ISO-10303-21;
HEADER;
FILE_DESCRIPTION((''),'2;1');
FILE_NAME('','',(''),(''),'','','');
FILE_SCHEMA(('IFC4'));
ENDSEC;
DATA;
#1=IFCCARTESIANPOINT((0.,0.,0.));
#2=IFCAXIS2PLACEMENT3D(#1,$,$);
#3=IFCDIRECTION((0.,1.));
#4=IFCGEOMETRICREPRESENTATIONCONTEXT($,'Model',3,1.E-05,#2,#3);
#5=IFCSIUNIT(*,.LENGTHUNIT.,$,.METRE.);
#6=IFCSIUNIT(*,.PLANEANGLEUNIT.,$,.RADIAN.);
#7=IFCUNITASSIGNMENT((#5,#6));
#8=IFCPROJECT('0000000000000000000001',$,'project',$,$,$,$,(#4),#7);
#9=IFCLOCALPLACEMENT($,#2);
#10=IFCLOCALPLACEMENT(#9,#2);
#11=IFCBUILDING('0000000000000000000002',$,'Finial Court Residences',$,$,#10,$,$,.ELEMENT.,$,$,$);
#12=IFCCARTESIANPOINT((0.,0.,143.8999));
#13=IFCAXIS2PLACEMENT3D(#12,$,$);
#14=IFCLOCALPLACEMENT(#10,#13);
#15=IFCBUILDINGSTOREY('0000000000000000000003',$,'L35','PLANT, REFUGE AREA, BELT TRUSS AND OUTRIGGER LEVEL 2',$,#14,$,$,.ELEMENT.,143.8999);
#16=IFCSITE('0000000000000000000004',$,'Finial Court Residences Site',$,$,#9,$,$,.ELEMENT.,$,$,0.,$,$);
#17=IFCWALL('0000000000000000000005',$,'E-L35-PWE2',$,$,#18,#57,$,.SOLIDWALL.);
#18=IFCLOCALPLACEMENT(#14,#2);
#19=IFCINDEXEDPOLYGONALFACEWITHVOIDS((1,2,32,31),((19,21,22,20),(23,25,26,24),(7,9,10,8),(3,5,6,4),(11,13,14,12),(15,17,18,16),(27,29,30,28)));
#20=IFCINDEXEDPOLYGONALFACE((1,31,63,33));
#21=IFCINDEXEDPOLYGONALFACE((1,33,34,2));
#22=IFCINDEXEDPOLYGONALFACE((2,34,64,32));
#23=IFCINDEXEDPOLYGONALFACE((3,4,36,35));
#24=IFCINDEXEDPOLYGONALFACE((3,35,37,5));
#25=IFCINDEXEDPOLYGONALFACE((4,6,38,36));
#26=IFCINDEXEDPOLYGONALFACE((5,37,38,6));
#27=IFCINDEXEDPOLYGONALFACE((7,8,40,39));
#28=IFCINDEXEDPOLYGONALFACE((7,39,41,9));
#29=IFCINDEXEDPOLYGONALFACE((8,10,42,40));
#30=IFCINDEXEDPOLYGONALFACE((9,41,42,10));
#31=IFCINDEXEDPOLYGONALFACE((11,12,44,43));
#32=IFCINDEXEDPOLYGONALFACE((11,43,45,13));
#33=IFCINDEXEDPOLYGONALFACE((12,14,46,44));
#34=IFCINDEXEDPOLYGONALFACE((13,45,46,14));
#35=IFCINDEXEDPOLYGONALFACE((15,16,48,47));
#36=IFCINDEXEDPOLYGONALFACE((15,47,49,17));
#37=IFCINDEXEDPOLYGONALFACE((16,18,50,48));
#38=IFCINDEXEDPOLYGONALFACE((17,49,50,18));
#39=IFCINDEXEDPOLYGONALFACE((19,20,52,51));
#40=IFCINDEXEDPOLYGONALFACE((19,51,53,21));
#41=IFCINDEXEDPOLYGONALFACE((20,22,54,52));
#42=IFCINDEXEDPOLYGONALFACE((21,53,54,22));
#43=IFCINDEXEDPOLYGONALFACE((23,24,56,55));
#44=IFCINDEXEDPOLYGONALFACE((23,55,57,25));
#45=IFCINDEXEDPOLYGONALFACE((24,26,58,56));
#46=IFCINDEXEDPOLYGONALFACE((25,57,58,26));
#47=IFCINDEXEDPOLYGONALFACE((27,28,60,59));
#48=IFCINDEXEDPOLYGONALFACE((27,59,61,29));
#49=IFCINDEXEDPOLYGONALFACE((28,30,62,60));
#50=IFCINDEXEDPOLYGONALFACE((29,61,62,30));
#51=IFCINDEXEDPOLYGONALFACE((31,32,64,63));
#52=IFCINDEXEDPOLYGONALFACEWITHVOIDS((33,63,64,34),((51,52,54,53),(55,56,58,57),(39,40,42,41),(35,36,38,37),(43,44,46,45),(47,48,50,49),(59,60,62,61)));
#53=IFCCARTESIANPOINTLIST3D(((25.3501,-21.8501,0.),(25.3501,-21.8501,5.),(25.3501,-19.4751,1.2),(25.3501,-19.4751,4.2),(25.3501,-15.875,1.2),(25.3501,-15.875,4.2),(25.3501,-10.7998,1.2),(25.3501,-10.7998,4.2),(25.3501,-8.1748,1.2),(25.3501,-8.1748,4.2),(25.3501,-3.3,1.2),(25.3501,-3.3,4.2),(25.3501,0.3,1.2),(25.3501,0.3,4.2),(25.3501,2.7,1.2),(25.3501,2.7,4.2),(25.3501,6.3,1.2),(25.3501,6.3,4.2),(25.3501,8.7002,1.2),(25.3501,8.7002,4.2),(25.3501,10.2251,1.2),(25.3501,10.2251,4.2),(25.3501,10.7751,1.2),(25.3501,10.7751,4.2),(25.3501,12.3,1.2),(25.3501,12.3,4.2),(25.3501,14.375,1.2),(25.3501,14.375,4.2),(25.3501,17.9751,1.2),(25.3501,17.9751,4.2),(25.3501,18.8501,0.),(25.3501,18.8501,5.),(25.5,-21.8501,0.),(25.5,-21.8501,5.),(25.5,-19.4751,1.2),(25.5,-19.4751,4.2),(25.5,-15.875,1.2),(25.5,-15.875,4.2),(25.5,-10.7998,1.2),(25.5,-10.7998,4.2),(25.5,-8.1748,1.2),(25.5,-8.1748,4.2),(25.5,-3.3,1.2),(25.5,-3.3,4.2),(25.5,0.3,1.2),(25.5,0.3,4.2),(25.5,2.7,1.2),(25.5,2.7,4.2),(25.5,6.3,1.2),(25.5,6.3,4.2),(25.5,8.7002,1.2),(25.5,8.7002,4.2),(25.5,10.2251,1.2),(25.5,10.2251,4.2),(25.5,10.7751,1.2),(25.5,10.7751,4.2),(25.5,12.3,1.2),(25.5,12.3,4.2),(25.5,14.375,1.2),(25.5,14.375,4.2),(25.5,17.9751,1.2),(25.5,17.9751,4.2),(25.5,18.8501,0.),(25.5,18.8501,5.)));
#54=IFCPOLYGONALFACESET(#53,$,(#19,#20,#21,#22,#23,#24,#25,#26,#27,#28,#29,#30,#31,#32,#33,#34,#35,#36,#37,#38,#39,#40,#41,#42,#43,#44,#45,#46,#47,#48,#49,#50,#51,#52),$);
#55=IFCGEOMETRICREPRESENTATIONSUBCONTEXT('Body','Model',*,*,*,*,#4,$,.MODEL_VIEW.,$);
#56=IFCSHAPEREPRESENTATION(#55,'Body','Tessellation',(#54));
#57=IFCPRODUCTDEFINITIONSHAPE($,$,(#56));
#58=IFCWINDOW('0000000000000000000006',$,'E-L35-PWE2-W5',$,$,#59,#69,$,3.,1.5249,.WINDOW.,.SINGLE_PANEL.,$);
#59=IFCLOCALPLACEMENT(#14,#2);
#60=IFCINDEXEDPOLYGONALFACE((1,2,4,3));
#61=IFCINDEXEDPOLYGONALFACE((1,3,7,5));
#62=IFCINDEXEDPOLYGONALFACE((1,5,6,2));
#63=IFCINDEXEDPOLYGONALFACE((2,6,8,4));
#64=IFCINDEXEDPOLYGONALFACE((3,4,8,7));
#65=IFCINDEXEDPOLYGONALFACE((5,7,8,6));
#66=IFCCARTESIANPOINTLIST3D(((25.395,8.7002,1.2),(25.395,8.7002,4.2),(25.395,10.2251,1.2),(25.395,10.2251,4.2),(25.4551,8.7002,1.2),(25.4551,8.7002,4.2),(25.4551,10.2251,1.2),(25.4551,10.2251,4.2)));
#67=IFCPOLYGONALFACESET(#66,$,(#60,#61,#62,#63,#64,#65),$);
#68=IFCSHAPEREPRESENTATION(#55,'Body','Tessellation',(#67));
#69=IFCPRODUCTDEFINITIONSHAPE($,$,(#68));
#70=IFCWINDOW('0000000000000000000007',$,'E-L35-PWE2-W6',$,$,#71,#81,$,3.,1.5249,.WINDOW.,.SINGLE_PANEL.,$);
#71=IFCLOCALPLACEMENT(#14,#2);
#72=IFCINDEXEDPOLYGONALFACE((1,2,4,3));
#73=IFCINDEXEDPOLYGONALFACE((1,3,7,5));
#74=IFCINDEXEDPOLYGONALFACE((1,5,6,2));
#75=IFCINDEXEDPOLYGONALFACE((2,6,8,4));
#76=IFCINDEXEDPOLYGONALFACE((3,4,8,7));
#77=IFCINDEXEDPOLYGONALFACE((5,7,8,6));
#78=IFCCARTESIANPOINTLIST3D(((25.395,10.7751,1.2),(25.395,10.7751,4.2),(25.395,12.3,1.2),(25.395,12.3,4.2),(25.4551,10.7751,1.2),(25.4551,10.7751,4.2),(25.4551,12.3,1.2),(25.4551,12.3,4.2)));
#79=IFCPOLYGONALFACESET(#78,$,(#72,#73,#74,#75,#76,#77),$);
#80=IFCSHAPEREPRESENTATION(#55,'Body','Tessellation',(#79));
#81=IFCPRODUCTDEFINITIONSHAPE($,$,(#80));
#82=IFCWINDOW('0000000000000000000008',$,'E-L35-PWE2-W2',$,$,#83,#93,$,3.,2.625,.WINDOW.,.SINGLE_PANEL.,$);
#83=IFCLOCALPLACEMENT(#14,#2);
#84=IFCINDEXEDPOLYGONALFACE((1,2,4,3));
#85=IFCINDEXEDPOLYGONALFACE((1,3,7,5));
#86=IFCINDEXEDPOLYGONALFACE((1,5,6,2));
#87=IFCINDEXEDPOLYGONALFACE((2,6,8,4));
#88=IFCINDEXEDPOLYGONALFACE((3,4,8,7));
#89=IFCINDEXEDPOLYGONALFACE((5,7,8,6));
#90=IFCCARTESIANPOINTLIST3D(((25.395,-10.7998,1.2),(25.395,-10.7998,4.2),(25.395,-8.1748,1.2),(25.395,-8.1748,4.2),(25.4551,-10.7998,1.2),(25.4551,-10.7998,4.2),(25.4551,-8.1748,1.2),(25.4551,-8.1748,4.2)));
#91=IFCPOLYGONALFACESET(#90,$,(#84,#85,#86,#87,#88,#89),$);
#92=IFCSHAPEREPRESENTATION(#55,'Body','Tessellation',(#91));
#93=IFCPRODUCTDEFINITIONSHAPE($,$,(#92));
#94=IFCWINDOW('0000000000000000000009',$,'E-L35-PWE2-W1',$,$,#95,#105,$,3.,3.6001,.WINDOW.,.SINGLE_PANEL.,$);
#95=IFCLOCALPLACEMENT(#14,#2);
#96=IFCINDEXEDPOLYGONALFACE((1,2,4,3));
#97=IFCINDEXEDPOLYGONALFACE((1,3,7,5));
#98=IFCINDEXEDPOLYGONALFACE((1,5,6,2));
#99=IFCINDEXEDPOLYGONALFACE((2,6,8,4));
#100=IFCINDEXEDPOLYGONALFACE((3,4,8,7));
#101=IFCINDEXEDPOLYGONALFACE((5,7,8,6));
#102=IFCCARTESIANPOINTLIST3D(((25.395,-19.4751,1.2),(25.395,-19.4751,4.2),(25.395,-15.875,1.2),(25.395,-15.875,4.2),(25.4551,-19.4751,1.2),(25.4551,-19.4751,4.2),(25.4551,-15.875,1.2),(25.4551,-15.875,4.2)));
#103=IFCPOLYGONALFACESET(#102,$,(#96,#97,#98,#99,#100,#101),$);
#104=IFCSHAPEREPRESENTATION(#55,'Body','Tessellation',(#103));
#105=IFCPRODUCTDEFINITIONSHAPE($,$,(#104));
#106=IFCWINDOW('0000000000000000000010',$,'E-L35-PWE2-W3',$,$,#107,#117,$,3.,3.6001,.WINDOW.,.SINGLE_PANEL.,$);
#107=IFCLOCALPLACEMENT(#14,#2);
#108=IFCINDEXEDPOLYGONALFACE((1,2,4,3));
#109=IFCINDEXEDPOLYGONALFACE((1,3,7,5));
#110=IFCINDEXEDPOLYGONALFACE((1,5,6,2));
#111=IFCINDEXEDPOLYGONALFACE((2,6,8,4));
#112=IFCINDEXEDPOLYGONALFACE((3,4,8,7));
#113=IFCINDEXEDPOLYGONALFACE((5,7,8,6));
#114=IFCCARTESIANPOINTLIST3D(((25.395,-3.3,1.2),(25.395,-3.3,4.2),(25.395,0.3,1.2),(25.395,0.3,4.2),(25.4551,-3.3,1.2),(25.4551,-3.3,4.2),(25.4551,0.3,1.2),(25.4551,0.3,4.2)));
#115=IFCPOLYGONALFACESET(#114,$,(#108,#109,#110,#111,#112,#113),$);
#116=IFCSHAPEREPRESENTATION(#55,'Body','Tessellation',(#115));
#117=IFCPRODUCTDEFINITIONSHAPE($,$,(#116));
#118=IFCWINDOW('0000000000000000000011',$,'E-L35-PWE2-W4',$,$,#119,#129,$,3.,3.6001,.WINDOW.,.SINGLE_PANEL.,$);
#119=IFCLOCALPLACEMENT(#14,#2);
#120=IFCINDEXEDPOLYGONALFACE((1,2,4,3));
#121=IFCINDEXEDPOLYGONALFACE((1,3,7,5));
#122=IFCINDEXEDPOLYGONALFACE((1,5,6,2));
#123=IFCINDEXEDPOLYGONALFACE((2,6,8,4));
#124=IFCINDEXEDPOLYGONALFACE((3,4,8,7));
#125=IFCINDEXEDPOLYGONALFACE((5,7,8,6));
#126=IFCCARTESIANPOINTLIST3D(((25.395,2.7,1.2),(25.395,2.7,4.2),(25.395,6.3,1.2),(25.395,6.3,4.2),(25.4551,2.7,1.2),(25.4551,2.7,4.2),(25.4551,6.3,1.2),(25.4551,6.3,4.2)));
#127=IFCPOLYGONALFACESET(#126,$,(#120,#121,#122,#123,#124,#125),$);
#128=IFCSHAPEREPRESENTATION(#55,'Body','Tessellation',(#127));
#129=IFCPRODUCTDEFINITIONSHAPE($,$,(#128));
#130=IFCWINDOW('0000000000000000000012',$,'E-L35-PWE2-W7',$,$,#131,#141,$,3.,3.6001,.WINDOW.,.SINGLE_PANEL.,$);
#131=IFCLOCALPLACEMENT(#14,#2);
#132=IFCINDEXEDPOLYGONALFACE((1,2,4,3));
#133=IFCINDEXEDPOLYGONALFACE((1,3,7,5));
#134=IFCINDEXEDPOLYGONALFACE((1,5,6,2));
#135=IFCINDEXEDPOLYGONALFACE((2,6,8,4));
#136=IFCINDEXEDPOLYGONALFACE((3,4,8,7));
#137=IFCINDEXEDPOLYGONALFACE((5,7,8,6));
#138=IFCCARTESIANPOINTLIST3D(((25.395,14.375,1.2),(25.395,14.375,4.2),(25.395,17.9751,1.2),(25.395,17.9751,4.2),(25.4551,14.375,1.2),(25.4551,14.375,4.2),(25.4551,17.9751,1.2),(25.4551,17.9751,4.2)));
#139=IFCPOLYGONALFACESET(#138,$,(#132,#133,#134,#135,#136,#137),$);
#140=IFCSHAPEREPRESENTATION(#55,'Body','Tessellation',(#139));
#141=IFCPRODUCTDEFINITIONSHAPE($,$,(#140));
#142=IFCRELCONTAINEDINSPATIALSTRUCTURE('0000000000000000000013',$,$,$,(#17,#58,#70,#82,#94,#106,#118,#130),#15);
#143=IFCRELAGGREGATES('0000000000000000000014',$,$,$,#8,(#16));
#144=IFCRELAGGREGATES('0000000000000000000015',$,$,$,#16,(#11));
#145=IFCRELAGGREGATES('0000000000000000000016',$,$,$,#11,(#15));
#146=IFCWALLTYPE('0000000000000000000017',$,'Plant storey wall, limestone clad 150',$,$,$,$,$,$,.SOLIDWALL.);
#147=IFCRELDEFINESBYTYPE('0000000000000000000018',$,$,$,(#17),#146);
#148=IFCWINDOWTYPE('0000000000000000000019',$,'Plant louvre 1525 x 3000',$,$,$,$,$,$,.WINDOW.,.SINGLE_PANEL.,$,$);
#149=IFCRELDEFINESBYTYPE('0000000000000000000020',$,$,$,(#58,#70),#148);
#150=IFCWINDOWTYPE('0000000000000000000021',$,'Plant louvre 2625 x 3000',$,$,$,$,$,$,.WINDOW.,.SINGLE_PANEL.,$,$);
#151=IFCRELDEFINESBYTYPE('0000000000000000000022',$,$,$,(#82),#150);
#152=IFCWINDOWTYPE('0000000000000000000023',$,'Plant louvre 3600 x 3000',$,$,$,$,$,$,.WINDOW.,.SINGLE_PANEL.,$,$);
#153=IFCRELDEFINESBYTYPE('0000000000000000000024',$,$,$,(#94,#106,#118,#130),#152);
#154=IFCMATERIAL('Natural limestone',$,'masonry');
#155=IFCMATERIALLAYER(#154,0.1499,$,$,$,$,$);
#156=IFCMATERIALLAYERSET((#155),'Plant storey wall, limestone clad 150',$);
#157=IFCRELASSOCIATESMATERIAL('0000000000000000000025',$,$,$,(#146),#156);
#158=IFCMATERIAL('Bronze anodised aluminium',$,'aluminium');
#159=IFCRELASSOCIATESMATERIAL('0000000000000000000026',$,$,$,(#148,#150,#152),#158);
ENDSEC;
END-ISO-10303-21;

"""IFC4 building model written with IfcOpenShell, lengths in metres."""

from ifc_helpers import new_model, si_unit, direction, frame, frame_2d, origin, place, context, subcontext, project, spatial, rectangle, extrude, material, layer, layer_set, type_object, element, fill, save


model = new_model("IFC4")

# Units and contexts
model_context = context("Model", 3, precision=1e-05, world=origin(), true_north=direction((0.0, 1.0)))
body_context = subcontext(model_context, "Body", "Model", "MODEL_VIEW")
ifc_project = project(units=[si_unit("LENGTHUNIT", "METRE"), si_unit("PLANEANGLEUNIT", "RADIAN")], contexts=[model_context])

# Site, building, storey
site_placement = place(None, origin())
site = spatial("IfcSite", under=ifc_project, at=site_placement, Name="Finial Court Residences Site", CompositionType="ELEMENT", RefElevation=0.0)
building_placement = place(site_placement, origin())
building = spatial("IfcBuilding", under=site, at=building_placement, Name="Finial Court Residences", CompositionType="ELEMENT")
storey_placement = place(building_placement, frame((0.0, 0.0, 143.8999)))
storey = spatial("IfcBuildingStorey", under=building, at=storey_placement, Name="L35", Description="PLANT, REFUGE AREA, BELT TRUSS AND OUTRIGGER LEVEL 2", CompositionType="ELEMENT", Elevation=143.8999)

# Wall, openings, windows
ifc_material_1 = material(Name="Natural limestone", Category="masonry")
ifc_layer = layer(ifc_material_1, 0.1499)
ifc_layer_set = layer_set([ifc_layer], Name="Plant storey wall, limestone clad 150")
wall_type = type_object("IfcWallType", Name="Plant storey wall, limestone clad 150", PredefinedType="SOLIDWALL", material=ifc_layer_set)
wall_1_placement = place(storey_placement, frame((25.425, 18.8501, 0.0), z_axis=(0.0, 0.0, 1.0), x_axis=(0.0, -1.0, 0.0)))
wall_1 = element("IfcWall", 1, at=wall_1_placement, inside=storey, type_object=wall_type, Name="E-L35-PWE2", PredefinedType="SOLIDWALL", context=body_context, shape_type="SweptSolid", body=[
    extrude(rectangle(XDim=40.7002, YDim=0.1499, at=frame_2d((20.3501, 0.0))), origin(), (0.0, 0.0, 1.0), 5.0),
])
opening_1_placement = place(wall_1_placement, frame((34.7251, 0.0, 1.2)))
opening_1 = element("IfcOpeningElement", 2, at=opening_1_placement, cuts=wall_1, PredefinedType="OPENING", context=body_context, shape_type="SweptSolid", body=[
    extrude(rectangle(XDim=3.6001, YDim=3.0, at=frame_2d((1.8, 1.5))), frame((0.0, 0.085, 0.0), z_axis=(0.0, -1.0, 0.0), x_axis=(1.0, 0.0, 0.0)), (0.0, 0.0, 1.0), 0.1699),
])
opening_2_placement = place(wall_1_placement, frame((27.0249, 0.0, 1.2)))
opening_2 = element("IfcOpeningElement", 3, at=opening_2_placement, cuts=wall_1, PredefinedType="OPENING", context=body_context, shape_type="SweptSolid", body=[
    extrude(rectangle(XDim=2.625, YDim=3.0, at=frame_2d((1.3125, 1.5))), frame((0.0, 0.085, 0.0), z_axis=(0.0, -1.0, 0.0), x_axis=(1.0, 0.0, 0.0)), (0.0, 0.0, 1.0), 0.1699),
])
opening_3_placement = place(wall_1_placement, frame((18.55, 0.0, 1.2)))
opening_3 = element("IfcOpeningElement", 4, at=opening_3_placement, cuts=wall_1, PredefinedType="OPENING", context=body_context, shape_type="SweptSolid", body=[
    extrude(rectangle(XDim=3.6001, YDim=3.0, at=frame_2d((1.8, 1.5))), frame((0.0, 0.085, 0.0), z_axis=(0.0, -1.0, 0.0), x_axis=(1.0, 0.0, 0.0)), (0.0, 0.0, 1.0), 0.1699),
])
opening_4_placement = place(wall_1_placement, frame((12.55, 0.0, 1.2)))
opening_4 = element("IfcOpeningElement", 5, at=opening_4_placement, cuts=wall_1, PredefinedType="OPENING", context=body_context, shape_type="SweptSolid", body=[
    extrude(rectangle(XDim=3.6001, YDim=3.0, at=frame_2d((1.8, 1.5))), frame((0.0, 0.085, 0.0), z_axis=(0.0, -1.0, 0.0), x_axis=(1.0, 0.0, 0.0)), (0.0, 0.0, 1.0), 0.1699),
])
opening_5_placement = place(wall_1_placement, frame((8.625, 0.0, 1.2)))
opening_5 = element("IfcOpeningElement", 6, at=opening_5_placement, cuts=wall_1, PredefinedType="OPENING", context=body_context, shape_type="SweptSolid", body=[
    extrude(rectangle(XDim=1.5249, YDim=3.0, at=frame_2d((0.7625, 1.5))), frame((0.0, 0.085, 0.0), z_axis=(0.0, -1.0, 0.0), x_axis=(1.0, 0.0, 0.0)), (0.0, 0.0, 1.0), 0.1699),
])
opening_6_placement = place(wall_1_placement, frame((6.55, 0.0, 1.2)))
opening_6 = element("IfcOpeningElement", 7, at=opening_6_placement, cuts=wall_1, PredefinedType="OPENING", context=body_context, shape_type="SweptSolid", body=[
    extrude(rectangle(XDim=1.5249, YDim=3.0, at=frame_2d((0.7625, 1.5))), frame((0.0, 0.085, 0.0), z_axis=(0.0, -1.0, 0.0), x_axis=(1.0, 0.0, 0.0)), (0.0, 0.0, 1.0), 0.1699),
])
opening_7_placement = place(wall_1_placement, frame((0.875, 0.0, 1.2)))
opening_7 = element("IfcOpeningElement", 8, at=opening_7_placement, cuts=wall_1, PredefinedType="OPENING", context=body_context, shape_type="SweptSolid", body=[
    extrude(rectangle(XDim=3.6001, YDim=3.0, at=frame_2d((1.8, 1.5))), frame((0.0, 0.085, 0.0), z_axis=(0.0, -1.0, 0.0), x_axis=(1.0, 0.0, 0.0)), (0.0, 0.0, 1.0), 0.1699),
])
ifc_material_2 = material(Name="Bronze anodised aluminium", Category="aluminium")
window_type_1 = type_object("IfcWindowType", Name="Plant louvre 1525 x 3000", PartitioningType="SINGLE_PANEL", PredefinedType="WINDOW", material=ifc_material_2)
window_1_placement = place(opening_5_placement, origin())
window_1 = element("IfcWindow", 9, at=window_1_placement, inside=storey, type_object=window_type_1, Name="E-L35-PWE2-W5", OverallHeight=3.0, OverallWidth=1.5249, PartitioningType="SINGLE_PANEL", PredefinedType="WINDOW", context=body_context, shape_type="SweptSolid", body=[
    extrude(rectangle(XDim=1.5249, YDim=3.0, at=frame_2d((0.7625, 1.5))), frame((0.0, 0.03, 0.0), z_axis=(0.0, -1.0, 0.0), x_axis=(1.0, 0.0, 0.0)), (0.0, 0.0, 1.0), 0.0601),
])
fill(opening_5, window_1)
window_2_placement = place(opening_6_placement, origin())
window_2 = element("IfcWindow", 10, at=window_2_placement, inside=storey, type_object=window_type_1, Name="E-L35-PWE2-W6", OverallHeight=3.0, OverallWidth=1.5249, PartitioningType="SINGLE_PANEL", PredefinedType="WINDOW", context=body_context, shape_type="SweptSolid", body=[
    extrude(rectangle(XDim=1.5249, YDim=3.0, at=frame_2d((0.7625, 1.5))), frame((0.0, 0.03, 0.0), z_axis=(0.0, -1.0, 0.0), x_axis=(1.0, 0.0, 0.0)), (0.0, 0.0, 1.0), 0.0601),
])
fill(opening_6, window_2)
window_type_2 = type_object("IfcWindowType", Name="Plant louvre 2625 x 3000", PartitioningType="SINGLE_PANEL", PredefinedType="WINDOW", material=ifc_material_2)
window_3_placement = place(opening_2_placement, origin())
window_3 = element("IfcWindow", 11, at=window_3_placement, inside=storey, type_object=window_type_2, Name="E-L35-PWE2-W2", OverallHeight=3.0, OverallWidth=2.625, PartitioningType="SINGLE_PANEL", PredefinedType="WINDOW", context=body_context, shape_type="SweptSolid", body=[
    extrude(rectangle(XDim=2.625, YDim=3.0, at=frame_2d((1.3125, 1.5))), frame((0.0, 0.03, 0.0), z_axis=(0.0, -1.0, 0.0), x_axis=(1.0, 0.0, 0.0)), (0.0, 0.0, 1.0), 0.0601),
])
fill(opening_2, window_3)
window_type_3 = type_object("IfcWindowType", Name="Plant louvre 3600 x 3000", PartitioningType="SINGLE_PANEL", PredefinedType="WINDOW", material=ifc_material_2)
window_4_placement = place(opening_1_placement, origin())
window_4 = element("IfcWindow", 12, at=window_4_placement, inside=storey, type_object=window_type_3, Name="E-L35-PWE2-W1", OverallHeight=3.0, OverallWidth=3.6001, PartitioningType="SINGLE_PANEL", PredefinedType="WINDOW", context=body_context, shape_type="SweptSolid", body=[
    extrude(rectangle(XDim=3.6001, YDim=3.0, at=frame_2d((1.8, 1.5))), frame((0.0, 0.03, 0.0), z_axis=(0.0, -1.0, 0.0), x_axis=(1.0, 0.0, 0.0)), (0.0, 0.0, 1.0), 0.0601),
])
fill(opening_1, window_4)
window_5_placement = place(opening_3_placement, origin())
window_5 = element("IfcWindow", 13, at=window_5_placement, inside=storey, type_object=window_type_3, Name="E-L35-PWE2-W3", OverallHeight=3.0, OverallWidth=3.6001, PartitioningType="SINGLE_PANEL", PredefinedType="WINDOW", context=body_context, shape_type="SweptSolid", body=[
    extrude(rectangle(XDim=3.6001, YDim=3.0, at=frame_2d((1.8, 1.5))), frame((0.0, 0.03, 0.0), z_axis=(0.0, -1.0, 0.0), x_axis=(1.0, 0.0, 0.0)), (0.0, 0.0, 1.0), 0.0601),
])
fill(opening_3, window_5)
window_6_placement = place(opening_4_placement, origin())
window_6 = element("IfcWindow", 14, at=window_6_placement, inside=storey, type_object=window_type_3, Name="E-L35-PWE2-W4", OverallHeight=3.0, OverallWidth=3.6001, PartitioningType="SINGLE_PANEL", PredefinedType="WINDOW", context=body_context, shape_type="SweptSolid", body=[
    extrude(rectangle(XDim=3.6001, YDim=3.0, at=frame_2d((1.8, 1.5))), frame((0.0, 0.03, 0.0), z_axis=(0.0, -1.0, 0.0), x_axis=(1.0, 0.0, 0.0)), (0.0, 0.0, 1.0), 0.0601),
])
fill(opening_4, window_6)
window_7_placement = place(opening_7_placement, origin())
window_7 = element("IfcWindow", 15, at=window_7_placement, inside=storey, type_object=window_type_3, Name="E-L35-PWE2-W7", OverallHeight=3.0, OverallWidth=3.6001, PartitioningType="SINGLE_PANEL", PredefinedType="WINDOW", context=body_context, shape_type="SweptSolid", body=[
    extrude(rectangle(XDim=3.6001, YDim=3.0, at=frame_2d((1.8, 1.5))), frame((0.0, 0.03, 0.0), z_axis=(0.0, -1.0, 0.0), x_axis=(1.0, 0.0, 0.0)), (0.0, 0.0, 1.0), 0.0601),
])
fill(opening_7, window_7)

save(model, "model.ifc")
